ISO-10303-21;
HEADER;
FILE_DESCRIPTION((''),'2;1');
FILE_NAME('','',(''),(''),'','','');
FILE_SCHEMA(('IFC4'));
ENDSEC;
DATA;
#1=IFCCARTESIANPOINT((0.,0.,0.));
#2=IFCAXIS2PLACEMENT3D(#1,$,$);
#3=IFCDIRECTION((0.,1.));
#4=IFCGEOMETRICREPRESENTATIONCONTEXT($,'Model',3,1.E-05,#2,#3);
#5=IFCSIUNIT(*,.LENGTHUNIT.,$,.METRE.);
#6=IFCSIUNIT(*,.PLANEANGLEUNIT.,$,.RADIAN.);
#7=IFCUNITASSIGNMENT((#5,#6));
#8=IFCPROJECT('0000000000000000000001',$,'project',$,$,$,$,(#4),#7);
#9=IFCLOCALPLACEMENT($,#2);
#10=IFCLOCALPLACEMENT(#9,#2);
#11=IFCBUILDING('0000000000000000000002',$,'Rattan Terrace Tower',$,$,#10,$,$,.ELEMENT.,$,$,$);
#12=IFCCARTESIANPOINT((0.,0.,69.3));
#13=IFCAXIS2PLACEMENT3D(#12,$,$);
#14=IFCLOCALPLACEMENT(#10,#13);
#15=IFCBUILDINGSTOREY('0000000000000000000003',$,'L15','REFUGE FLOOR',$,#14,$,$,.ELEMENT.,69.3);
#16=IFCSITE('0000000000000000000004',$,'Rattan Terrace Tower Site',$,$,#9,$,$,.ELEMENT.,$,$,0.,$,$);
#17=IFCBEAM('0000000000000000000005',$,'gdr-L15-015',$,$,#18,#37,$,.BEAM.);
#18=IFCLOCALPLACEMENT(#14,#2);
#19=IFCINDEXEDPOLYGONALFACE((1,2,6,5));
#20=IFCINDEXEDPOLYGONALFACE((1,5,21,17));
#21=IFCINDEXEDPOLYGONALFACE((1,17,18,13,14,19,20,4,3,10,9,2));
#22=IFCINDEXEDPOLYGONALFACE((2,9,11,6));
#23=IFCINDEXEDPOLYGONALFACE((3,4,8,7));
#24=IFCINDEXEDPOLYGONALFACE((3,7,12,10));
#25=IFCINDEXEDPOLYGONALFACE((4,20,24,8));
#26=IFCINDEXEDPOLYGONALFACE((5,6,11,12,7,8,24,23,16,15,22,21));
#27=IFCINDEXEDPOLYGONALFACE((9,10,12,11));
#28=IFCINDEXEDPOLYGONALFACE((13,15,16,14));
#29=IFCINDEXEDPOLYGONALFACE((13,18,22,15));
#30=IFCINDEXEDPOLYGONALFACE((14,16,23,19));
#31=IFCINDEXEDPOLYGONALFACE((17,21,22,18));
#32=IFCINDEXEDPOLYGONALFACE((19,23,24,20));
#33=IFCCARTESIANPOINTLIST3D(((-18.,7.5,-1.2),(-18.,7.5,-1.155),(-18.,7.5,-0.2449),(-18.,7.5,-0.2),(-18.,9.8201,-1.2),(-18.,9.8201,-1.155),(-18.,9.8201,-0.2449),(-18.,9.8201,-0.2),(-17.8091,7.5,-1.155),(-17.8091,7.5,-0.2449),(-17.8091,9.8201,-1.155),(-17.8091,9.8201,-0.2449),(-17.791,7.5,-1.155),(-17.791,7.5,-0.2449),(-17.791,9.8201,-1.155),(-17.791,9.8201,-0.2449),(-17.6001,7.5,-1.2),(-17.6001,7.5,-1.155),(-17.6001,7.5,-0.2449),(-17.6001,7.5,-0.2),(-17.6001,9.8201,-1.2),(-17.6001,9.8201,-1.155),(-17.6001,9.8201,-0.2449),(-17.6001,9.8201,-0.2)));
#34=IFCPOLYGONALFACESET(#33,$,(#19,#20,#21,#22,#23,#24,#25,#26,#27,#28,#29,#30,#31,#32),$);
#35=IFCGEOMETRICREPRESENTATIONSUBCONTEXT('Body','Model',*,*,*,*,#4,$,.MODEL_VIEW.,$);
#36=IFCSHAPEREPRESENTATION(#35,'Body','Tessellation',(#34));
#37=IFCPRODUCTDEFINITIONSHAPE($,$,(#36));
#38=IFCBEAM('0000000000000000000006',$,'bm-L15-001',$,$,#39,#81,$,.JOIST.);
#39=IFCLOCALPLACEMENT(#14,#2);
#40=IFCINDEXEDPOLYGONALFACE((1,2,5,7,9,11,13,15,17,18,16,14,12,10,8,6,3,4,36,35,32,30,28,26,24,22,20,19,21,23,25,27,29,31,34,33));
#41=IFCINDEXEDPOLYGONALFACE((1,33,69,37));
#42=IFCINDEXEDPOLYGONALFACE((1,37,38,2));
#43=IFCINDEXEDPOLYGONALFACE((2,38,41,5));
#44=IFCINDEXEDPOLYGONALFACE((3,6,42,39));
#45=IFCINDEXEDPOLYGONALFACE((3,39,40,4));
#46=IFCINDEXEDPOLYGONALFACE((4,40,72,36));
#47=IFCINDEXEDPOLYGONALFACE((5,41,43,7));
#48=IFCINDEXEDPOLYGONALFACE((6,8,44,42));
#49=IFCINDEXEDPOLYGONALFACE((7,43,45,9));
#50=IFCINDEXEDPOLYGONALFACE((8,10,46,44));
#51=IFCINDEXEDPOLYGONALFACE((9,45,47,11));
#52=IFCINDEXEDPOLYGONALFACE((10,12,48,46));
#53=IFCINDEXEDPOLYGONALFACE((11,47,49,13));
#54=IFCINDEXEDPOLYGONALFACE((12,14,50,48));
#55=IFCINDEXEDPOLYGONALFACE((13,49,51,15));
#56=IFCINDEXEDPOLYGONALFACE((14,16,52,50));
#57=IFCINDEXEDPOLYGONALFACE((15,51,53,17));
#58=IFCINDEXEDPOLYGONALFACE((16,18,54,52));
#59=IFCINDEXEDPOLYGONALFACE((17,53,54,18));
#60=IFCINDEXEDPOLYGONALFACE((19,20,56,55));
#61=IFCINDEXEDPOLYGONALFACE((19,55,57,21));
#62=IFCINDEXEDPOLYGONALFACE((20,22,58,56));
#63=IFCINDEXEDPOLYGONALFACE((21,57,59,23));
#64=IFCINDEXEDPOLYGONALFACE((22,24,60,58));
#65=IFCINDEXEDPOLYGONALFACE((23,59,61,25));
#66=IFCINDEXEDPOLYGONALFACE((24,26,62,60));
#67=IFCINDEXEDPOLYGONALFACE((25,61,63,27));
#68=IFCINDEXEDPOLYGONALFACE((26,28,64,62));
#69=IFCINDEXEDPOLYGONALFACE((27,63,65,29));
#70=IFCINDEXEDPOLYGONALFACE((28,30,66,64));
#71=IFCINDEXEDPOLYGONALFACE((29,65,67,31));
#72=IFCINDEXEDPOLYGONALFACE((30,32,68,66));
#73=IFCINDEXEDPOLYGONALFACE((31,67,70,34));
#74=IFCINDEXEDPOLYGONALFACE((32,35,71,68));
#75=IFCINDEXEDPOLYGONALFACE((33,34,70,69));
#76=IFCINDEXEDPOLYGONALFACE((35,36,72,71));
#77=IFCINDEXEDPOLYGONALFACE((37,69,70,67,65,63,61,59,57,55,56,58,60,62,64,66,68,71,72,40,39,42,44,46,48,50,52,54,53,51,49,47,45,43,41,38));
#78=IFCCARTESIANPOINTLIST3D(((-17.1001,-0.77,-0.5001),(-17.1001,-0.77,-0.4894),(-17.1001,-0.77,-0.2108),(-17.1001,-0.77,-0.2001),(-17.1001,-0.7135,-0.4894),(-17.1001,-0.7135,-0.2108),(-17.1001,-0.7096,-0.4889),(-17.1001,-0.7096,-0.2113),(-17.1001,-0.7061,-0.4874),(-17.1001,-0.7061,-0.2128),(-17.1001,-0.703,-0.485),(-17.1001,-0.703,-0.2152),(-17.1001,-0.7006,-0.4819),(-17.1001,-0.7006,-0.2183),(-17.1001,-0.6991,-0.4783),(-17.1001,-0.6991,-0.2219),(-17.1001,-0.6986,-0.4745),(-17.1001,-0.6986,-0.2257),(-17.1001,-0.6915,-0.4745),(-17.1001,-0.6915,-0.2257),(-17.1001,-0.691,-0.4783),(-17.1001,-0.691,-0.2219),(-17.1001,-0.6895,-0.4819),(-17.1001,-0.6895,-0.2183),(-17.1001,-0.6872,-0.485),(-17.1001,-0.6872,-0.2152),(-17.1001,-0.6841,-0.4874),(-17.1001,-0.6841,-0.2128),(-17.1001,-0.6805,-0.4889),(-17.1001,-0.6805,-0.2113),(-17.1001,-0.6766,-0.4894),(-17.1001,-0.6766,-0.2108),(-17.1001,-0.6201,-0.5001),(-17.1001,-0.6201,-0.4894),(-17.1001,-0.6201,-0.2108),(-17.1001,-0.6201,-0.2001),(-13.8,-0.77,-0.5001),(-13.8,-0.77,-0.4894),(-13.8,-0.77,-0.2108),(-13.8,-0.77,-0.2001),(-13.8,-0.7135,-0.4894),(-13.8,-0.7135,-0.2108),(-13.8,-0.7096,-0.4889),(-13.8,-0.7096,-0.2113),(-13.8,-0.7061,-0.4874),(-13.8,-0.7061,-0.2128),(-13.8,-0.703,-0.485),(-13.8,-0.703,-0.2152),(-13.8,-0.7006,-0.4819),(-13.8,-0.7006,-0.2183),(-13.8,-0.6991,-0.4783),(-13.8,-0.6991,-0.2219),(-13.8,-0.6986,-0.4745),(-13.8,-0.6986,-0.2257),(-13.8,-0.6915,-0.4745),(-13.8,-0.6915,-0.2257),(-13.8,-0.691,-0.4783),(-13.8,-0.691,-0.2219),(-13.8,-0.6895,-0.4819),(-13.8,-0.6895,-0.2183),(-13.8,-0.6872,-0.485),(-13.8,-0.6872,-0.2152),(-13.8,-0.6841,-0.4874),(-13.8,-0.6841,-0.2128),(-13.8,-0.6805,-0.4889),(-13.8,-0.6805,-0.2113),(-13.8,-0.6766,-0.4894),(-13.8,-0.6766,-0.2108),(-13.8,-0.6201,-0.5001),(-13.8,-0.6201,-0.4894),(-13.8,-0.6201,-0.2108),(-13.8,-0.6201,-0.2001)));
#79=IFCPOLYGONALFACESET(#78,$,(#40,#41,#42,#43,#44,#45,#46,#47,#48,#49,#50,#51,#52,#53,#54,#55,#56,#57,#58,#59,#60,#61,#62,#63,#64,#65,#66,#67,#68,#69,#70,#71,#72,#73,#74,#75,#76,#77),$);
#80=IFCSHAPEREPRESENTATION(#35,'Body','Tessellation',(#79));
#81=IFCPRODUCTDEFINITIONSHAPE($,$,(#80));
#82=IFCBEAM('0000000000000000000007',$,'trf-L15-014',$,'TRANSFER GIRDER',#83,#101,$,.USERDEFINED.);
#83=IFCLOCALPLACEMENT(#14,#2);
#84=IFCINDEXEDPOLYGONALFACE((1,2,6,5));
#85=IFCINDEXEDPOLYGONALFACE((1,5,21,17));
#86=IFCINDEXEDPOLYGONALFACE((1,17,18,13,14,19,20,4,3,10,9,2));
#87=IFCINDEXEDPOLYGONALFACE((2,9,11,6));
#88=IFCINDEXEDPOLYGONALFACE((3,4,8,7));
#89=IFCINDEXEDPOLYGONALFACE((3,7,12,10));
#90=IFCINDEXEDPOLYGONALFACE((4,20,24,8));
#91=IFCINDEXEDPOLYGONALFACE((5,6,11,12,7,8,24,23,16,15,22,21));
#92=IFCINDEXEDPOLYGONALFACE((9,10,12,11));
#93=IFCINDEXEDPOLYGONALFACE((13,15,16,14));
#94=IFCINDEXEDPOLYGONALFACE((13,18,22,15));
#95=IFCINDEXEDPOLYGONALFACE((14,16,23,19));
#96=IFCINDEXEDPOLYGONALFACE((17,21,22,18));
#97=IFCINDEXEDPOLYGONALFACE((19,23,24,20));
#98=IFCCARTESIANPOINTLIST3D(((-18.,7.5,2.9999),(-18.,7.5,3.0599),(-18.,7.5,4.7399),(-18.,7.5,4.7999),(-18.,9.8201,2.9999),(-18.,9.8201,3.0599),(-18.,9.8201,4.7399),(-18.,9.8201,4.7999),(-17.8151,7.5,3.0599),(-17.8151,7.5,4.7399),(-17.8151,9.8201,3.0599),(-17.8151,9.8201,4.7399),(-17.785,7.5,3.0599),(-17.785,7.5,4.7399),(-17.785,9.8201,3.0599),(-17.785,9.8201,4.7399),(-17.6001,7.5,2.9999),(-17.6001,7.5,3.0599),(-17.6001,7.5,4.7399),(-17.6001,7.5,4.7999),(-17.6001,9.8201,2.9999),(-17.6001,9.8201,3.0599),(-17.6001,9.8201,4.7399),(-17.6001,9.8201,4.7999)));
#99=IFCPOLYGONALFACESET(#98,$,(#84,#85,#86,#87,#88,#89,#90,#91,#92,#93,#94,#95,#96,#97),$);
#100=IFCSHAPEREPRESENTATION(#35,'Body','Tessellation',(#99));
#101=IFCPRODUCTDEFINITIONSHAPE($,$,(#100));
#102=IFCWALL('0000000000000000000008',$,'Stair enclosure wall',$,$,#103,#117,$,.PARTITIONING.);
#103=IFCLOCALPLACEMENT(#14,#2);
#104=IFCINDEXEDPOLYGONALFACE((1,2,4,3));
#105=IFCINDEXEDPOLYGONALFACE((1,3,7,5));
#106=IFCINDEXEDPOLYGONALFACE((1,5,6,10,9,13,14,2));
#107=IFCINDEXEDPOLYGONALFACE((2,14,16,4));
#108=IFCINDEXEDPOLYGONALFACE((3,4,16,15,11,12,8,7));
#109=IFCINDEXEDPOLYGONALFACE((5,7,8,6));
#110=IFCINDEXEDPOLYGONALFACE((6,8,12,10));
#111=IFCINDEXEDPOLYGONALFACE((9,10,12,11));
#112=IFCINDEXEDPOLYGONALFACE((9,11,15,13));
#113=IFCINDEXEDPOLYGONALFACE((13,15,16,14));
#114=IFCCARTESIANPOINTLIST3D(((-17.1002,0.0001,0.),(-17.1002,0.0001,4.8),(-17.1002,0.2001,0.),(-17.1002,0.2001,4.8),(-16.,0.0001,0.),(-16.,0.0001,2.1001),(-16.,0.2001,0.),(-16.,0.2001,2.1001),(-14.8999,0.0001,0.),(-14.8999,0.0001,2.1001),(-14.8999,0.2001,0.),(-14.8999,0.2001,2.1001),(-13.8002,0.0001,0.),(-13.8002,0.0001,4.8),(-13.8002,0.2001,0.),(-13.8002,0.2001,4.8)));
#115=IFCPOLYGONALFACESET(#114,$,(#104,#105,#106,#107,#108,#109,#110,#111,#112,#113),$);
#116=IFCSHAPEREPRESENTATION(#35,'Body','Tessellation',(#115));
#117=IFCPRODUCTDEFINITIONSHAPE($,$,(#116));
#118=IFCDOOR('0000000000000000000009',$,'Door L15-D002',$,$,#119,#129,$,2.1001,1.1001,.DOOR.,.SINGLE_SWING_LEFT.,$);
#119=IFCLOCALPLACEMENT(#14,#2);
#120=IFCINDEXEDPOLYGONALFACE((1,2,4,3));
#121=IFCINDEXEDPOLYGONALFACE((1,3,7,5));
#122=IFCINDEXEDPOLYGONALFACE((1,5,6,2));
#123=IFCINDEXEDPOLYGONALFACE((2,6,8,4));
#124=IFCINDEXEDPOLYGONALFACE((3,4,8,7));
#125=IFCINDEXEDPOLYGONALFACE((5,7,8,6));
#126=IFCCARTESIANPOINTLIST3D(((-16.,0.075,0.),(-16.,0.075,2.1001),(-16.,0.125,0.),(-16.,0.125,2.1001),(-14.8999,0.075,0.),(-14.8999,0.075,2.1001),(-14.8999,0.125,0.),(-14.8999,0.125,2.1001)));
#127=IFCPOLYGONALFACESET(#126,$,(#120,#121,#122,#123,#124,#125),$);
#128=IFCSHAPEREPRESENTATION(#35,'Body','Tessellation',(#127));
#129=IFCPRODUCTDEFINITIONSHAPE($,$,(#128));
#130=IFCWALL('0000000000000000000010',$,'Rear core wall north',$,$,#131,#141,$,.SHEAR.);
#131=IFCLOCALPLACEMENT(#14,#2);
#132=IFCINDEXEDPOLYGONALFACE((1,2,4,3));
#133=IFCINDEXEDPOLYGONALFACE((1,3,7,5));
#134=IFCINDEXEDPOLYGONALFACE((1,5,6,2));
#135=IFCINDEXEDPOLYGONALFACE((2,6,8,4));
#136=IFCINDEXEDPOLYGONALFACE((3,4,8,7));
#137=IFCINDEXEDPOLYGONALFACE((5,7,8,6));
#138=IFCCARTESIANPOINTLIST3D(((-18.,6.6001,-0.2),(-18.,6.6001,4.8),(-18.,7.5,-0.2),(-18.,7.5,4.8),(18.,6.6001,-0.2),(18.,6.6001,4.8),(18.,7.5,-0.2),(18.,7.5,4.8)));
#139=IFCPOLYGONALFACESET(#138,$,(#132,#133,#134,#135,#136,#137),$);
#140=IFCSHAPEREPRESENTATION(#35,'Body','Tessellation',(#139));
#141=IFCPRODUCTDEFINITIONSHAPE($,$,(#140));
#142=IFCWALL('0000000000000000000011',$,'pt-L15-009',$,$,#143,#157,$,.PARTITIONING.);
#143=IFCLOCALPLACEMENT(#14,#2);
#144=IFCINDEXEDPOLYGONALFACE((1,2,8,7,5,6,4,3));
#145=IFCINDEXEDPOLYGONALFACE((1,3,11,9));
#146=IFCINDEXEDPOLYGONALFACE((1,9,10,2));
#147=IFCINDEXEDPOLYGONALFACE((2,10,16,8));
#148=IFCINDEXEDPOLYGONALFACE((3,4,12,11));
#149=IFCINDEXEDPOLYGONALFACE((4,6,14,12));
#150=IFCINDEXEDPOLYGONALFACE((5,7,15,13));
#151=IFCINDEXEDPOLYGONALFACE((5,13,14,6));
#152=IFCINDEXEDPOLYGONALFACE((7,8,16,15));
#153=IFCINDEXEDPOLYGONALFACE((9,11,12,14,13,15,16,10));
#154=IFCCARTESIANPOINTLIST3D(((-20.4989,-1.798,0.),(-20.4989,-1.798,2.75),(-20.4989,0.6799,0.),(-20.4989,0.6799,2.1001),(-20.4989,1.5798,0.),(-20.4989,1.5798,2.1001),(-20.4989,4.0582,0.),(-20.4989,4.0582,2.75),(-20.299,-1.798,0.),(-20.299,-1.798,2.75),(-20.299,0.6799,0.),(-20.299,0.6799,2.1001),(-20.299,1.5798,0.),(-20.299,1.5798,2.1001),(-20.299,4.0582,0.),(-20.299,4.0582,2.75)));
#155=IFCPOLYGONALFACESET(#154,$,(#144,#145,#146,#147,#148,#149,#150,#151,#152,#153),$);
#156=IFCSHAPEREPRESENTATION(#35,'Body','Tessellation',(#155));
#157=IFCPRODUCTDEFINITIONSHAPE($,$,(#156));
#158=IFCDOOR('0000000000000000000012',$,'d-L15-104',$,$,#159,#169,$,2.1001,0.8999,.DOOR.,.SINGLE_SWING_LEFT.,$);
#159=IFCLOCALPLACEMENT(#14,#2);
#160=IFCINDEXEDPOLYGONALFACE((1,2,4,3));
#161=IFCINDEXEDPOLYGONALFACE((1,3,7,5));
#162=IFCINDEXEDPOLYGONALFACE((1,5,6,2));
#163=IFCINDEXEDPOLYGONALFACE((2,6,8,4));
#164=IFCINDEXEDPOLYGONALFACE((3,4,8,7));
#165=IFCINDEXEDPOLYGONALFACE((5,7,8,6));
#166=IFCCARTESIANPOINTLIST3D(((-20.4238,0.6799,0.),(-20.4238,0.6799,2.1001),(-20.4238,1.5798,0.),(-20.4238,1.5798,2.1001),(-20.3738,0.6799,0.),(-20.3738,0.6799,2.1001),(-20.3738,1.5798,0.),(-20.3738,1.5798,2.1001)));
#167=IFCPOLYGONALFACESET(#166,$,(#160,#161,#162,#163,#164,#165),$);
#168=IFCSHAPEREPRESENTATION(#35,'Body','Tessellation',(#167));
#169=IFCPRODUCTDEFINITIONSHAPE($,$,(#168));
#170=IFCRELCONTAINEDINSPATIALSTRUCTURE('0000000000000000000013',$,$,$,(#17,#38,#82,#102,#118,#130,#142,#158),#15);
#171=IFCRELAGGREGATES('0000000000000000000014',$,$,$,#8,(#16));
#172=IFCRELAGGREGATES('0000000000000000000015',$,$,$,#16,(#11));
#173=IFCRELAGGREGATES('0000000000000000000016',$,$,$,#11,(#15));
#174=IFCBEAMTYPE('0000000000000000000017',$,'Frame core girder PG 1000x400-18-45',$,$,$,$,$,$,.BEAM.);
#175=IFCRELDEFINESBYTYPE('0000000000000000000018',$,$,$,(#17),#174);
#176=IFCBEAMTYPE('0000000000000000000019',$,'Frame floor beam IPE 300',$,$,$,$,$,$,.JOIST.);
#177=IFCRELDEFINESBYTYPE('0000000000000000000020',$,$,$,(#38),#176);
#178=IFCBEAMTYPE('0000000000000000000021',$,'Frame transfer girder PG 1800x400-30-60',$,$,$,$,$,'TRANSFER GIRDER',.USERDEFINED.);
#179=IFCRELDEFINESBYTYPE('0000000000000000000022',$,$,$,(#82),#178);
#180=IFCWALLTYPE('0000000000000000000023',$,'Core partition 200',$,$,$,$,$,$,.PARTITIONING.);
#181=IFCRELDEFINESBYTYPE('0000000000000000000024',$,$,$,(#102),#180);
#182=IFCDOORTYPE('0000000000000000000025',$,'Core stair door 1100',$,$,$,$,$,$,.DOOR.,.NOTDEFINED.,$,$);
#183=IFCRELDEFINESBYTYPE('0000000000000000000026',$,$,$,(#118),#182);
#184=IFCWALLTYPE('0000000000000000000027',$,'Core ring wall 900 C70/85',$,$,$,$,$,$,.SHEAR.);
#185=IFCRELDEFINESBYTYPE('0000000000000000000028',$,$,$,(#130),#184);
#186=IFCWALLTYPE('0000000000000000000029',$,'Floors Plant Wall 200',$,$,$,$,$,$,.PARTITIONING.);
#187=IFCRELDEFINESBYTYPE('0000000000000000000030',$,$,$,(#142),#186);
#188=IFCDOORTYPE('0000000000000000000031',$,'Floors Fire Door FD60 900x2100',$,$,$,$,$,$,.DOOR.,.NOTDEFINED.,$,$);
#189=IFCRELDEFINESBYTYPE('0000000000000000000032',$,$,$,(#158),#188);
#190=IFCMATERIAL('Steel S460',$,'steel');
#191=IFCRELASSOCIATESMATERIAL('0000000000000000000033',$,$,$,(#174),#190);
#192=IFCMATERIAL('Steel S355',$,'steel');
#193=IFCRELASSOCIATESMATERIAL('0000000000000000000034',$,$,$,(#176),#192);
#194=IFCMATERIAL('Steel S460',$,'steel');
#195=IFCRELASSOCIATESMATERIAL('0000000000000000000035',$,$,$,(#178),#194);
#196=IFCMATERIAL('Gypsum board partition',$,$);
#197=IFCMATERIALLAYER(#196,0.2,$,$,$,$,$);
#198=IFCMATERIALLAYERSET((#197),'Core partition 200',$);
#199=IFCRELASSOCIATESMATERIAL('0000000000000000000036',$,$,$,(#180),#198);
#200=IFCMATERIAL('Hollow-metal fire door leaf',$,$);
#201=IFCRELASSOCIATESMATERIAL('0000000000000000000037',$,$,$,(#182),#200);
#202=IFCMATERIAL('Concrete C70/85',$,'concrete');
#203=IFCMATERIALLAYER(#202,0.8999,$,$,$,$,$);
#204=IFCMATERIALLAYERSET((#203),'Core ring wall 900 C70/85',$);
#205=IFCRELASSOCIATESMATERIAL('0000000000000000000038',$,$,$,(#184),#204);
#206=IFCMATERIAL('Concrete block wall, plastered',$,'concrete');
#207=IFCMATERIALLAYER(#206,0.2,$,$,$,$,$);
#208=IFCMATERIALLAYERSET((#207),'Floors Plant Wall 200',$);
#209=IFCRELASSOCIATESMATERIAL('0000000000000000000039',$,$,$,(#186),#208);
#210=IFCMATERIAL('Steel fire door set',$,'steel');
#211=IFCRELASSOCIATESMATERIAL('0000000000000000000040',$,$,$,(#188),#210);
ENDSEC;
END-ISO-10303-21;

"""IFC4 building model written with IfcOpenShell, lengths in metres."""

from ifc_helpers import new_model, si_unit, direction, frame, frame_2d, origin, origin_2d, place, context, subcontext, project, spatial, rectangle, i_section, extrude, material, layer, layer_set, material_profile, profile_set, type_object, element, fill, save


model = new_model("IFC4")

# Units and contexts
model_context = context("Model", 3, precision=1e-05, world=origin(), true_north=direction((0.0, 1.0)))
body_context = subcontext(model_context, "Body", "Model", "MODEL_VIEW")
ifc_project = project(units=[si_unit("LENGTHUNIT", "METRE"), si_unit("PLANEANGLEUNIT", "RADIAN")], contexts=[model_context])

# Site, building, storey
site_placement = place(None, origin())
site = spatial("IfcSite", under=ifc_project, at=site_placement, Name="Rattan Terrace Tower Site", CompositionType="ELEMENT", RefElevation=0.0)
building_placement = place(site_placement, origin())
building = spatial("IfcBuilding", under=site, at=building_placement, Name="Rattan Terrace Tower", CompositionType="ELEMENT")
storey_placement = place(building_placement, frame((0.0, 0.0, 69.3)))
storey = spatial("IfcBuildingStorey", under=building, at=storey_placement, Name="L15", Description="REFUGE FLOOR", CompositionType="ELEMENT", Elevation=69.3)

# Beams
ifc_material_1 = material(Name="Steel S460", Category="steel")
ifc_material_profile_1 = material_profile(ifc_material_1, i_section(OverallWidth=0.3999, OverallDepth=1.0, WebThickness=0.0181, FlangeThickness=0.0449, at=origin_2d()), Name="PG 1000x400-18-45")
ifc_profile_set_1 = profile_set([ifc_material_profile_1], Name="Steel S460")
beam_type_1 = type_object("IfcBeamType", Name="Frame core girder PG 1000x400-18-45", PredefinedType="BEAM", material=ifc_profile_set_1)
beam_1_placement = place(storey_placement, frame((-17.8, 7.5, -0.7), z_axis=(0.0, 1.0, 0.0), x_axis=(-1.0, 0.0, 0.0)))
element("IfcBeam", 1, at=beam_1_placement, inside=storey, type_object=beam_type_1, Name="gdr-L15-015", PredefinedType="BEAM", context=body_context, shape_type="SweptSolid", body=[
    extrude(i_section(OverallWidth=0.3999, OverallDepth=1.0, WebThickness=0.0181, FlangeThickness=0.0449, at=origin_2d()), origin(), (0.0, 0.0, 1.0), 2.3201),
])
ifc_material_2 = material(Name="Steel S355", Category="steel")
ifc_material_profile_2 = material_profile(ifc_material_2, i_section(OverallWidth=0.1499, OverallDepth=0.3, WebThickness=0.0071, FlangeThickness=0.0107, FilletRadius=0.0149, at=origin_2d()), Name="IPE 300")
ifc_profile_set_2 = profile_set([ifc_material_profile_2], Name="Steel S355")
beam_type_2 = type_object("IfcBeamType", Name="Frame floor beam IPE 300", PredefinedType="JOIST", material=ifc_profile_set_2)
beam_2_placement = place(storey_placement, frame((-17.1001, -0.6951, -0.3501), z_axis=(1.0, 0.0, 0.0), x_axis=(0.0, 1.0, 0.0)))
element("IfcBeam", 2, at=beam_2_placement, inside=storey, type_object=beam_type_2, Name="bm-L15-001", PredefinedType="JOIST", context=body_context, shape_type="SweptSolid", body=[
    extrude(i_section(OverallWidth=0.1499, OverallDepth=0.3, WebThickness=0.0071, FlangeThickness=0.0107, FilletRadius=0.0149, at=origin_2d()), origin(), (0.0, 0.0, 1.0), 3.3),
])
ifc_material_3 = material(Name="Steel S460", Category="steel")
ifc_material_profile_3 = material_profile(ifc_material_3, i_section(OverallWidth=0.3999, OverallDepth=1.8, WebThickness=0.03, FlangeThickness=0.0601, at=origin_2d()), Name="PG 1800x400-30-60")
ifc_profile_set_3 = profile_set([ifc_material_profile_3], Name="Steel S460")
beam_type_3 = type_object("IfcBeamType", Name="Frame transfer girder PG 1800x400-30-60", ElementType="TRANSFER GIRDER", PredefinedType="USERDEFINED", material=ifc_profile_set_3)
beam_3_placement = place(storey_placement, frame((-17.8, 7.5, 3.8999), z_axis=(0.0, 1.0, 0.0), x_axis=(-1.0, 0.0, 0.0)))
element("IfcBeam", 3, at=beam_3_placement, inside=storey, type_object=beam_type_3, Name="trf-L15-014", ObjectType="TRANSFER GIRDER", PredefinedType="USERDEFINED", context=body_context, shape_type="SweptSolid", body=[
    extrude(i_section(OverallWidth=0.3999, OverallDepth=1.8, WebThickness=0.03, FlangeThickness=0.0601, at=origin_2d()), origin(), (0.0, 0.0, 1.0), 2.3201),
])

# Wall, opening, door
ifc_material_4 = material(Name="Gypsum board partition")
ifc_layer_1 = layer(ifc_material_4, 0.2)
ifc_layer_set_1 = layer_set([ifc_layer_1], Name="Core partition 200")
wall_type_1 = type_object("IfcWallType", Name="Core partition 200", PredefinedType="PARTITIONING", material=ifc_layer_set_1)
wall_1_placement = place(storey_placement, frame((-17.1001, 0.1001, 0.0), z_axis=(0.0, 0.0, 1.0), x_axis=(1.0, 0.0, 0.0)))
wall_1 = element("IfcWall", 4, at=wall_1_placement, inside=storey, type_object=wall_type_1, Name="Stair enclosure wall", PredefinedType="PARTITIONING", context=body_context, shape_type="SweptSolid", body=[
    extrude(rectangle(XDim=3.3, YDim=0.2, at=frame_2d((1.6499, 0.0))), origin(), (0.0, 0.0, 1.0), 4.8),
])
opening_1_placement = place(wall_1_placement, frame((1.1001, 0.0, 0.0)))
opening_1 = element("IfcOpeningElement", 5, at=opening_1_placement, cuts=wall_1, PredefinedType="OPENING", context=body_context, shape_type="SweptSolid", body=[
    extrude(rectangle(XDim=1.1001, YDim=2.1001, at=frame_2d((0.55, 1.05))), frame((0.0, 0.1106, 0.0), z_axis=(0.0, -1.0, 0.0), x_axis=(1.0, 0.0, 0.0)), (0.0, 0.0, 1.0), 0.2209),
])
ifc_material_5 = material(Name="Hollow-metal fire door leaf")
door_type_1 = type_object("IfcDoorType", Name="Core stair door 1100", OperationType="NOTDEFINED", PredefinedType="DOOR", material=ifc_material_5)
door_1_placement = place(opening_1_placement, origin())
door_1 = element("IfcDoor", 6, at=door_1_placement, inside=storey, type_object=door_type_1, Name="Door L15-D002", OperationType="SINGLE_SWING_LEFT", OverallHeight=2.1001, OverallWidth=1.1001, PredefinedType="DOOR", context=body_context, shape_type="SweptSolid", body=[
    extrude(rectangle(XDim=1.1001, YDim=2.1001, at=frame_2d((0.55, 1.05))), frame((0.0, 0.0249, 0.0), z_axis=(0.0, -1.0, 0.0), x_axis=(1.0, 0.0, 0.0)), (0.0, 0.0, 1.0), 0.05),
])
fill(opening_1, door_1)

# Wall
ifc_material_6 = material(Name="Concrete C70/85", Category="concrete")
ifc_layer_2 = layer(ifc_material_6, 0.8999)
ifc_layer_set_2 = layer_set([ifc_layer_2], Name="Core ring wall 900 C70/85")
wall_type_2 = type_object("IfcWallType", Name="Core ring wall 900 C70/85", PredefinedType="SHEAR", material=ifc_layer_set_2)
wall_2_placement = place(storey_placement, frame((-18.0, 7.05, -0.2), z_axis=(0.0, 0.0, 1.0), x_axis=(1.0, 0.0, 0.0)))
element("IfcWall", 7, at=wall_2_placement, inside=storey, type_object=wall_type_2, Name="Rear core wall north", PredefinedType="SHEAR", context=body_context, shape_type="SweptSolid", body=[
    extrude(rectangle(XDim=36.0, YDim=0.8999, at=frame_2d((18.0, 0.0))), origin(), (0.0, 0.0, 1.0), 5.0),
])

# Wall, opening, door
ifc_material_7 = material(Name="Concrete block wall, plastered", Category="concrete")
ifc_layer_3 = layer(ifc_material_7, 0.2)
ifc_layer_set_3 = layer_set([ifc_layer_3], Name="Floors Plant Wall 200")
wall_type_3 = type_object("IfcWallType", Name="Floors Plant Wall 200", PredefinedType="PARTITIONING", material=ifc_layer_set_3)
wall_3_placement = place(storey_placement, frame((-20.3989, -1.7981, 0.0), z_axis=(0.0, 0.0, 1.0), x_axis=(0.0, 1.0, 0.0)))
wall_3 = element("IfcWall", 8, at=wall_3_placement, inside=storey, type_object=wall_type_3, Name="pt-L15-009", PredefinedType="PARTITIONING", context=body_context, shape_type="SweptSolid", body=[
    extrude(rectangle(XDim=5.8562, YDim=0.2, at=frame_2d((2.9282, 0.0))), origin(), (0.0, 0.0, 1.0), 2.75),
])
opening_2_placement = place(wall_3_placement, frame((2.478, 0.0, 0.0)))
opening_2 = element("IfcOpeningElement", 9, at=opening_2_placement, cuts=wall_3, PredefinedType="OPENING", context=body_context, shape_type="SweptSolid", body=[
    extrude(rectangle(XDim=0.8999, YDim=2.1001, at=frame_2d((0.45, 1.05))), frame((0.0, 0.1106, 0.0), z_axis=(0.0, -1.0, 0.0), x_axis=(1.0, 0.0, 0.0)), (0.0, 0.0, 1.0), 0.2209),
])
ifc_material_8 = material(Name="Steel fire door set", Category="steel")
door_type_2 = type_object("IfcDoorType", Name="Floors Fire Door FD60 900x2100", OperationType="NOTDEFINED", PredefinedType="DOOR", material=ifc_material_8)
door_2_placement = place(opening_2_placement, origin())
door_2 = element("IfcDoor", 10, at=door_2_placement, inside=storey, type_object=door_type_2, Name="d-L15-104", OperationType="SINGLE_SWING_LEFT", OverallHeight=2.1001, OverallWidth=0.8999, PredefinedType="DOOR", context=body_context, shape_type="SweptSolid", body=[
    extrude(rectangle(XDim=0.8999, YDim=2.1001, at=frame_2d((0.45, 1.05))), frame((0.0, 0.0249, 0.0), z_axis=(0.0, -1.0, 0.0), x_axis=(1.0, 0.0, 0.0)), (0.0, 0.0, 1.0), 0.05),
])
fill(opening_2, door_2)

save(model, "model.ifc")
